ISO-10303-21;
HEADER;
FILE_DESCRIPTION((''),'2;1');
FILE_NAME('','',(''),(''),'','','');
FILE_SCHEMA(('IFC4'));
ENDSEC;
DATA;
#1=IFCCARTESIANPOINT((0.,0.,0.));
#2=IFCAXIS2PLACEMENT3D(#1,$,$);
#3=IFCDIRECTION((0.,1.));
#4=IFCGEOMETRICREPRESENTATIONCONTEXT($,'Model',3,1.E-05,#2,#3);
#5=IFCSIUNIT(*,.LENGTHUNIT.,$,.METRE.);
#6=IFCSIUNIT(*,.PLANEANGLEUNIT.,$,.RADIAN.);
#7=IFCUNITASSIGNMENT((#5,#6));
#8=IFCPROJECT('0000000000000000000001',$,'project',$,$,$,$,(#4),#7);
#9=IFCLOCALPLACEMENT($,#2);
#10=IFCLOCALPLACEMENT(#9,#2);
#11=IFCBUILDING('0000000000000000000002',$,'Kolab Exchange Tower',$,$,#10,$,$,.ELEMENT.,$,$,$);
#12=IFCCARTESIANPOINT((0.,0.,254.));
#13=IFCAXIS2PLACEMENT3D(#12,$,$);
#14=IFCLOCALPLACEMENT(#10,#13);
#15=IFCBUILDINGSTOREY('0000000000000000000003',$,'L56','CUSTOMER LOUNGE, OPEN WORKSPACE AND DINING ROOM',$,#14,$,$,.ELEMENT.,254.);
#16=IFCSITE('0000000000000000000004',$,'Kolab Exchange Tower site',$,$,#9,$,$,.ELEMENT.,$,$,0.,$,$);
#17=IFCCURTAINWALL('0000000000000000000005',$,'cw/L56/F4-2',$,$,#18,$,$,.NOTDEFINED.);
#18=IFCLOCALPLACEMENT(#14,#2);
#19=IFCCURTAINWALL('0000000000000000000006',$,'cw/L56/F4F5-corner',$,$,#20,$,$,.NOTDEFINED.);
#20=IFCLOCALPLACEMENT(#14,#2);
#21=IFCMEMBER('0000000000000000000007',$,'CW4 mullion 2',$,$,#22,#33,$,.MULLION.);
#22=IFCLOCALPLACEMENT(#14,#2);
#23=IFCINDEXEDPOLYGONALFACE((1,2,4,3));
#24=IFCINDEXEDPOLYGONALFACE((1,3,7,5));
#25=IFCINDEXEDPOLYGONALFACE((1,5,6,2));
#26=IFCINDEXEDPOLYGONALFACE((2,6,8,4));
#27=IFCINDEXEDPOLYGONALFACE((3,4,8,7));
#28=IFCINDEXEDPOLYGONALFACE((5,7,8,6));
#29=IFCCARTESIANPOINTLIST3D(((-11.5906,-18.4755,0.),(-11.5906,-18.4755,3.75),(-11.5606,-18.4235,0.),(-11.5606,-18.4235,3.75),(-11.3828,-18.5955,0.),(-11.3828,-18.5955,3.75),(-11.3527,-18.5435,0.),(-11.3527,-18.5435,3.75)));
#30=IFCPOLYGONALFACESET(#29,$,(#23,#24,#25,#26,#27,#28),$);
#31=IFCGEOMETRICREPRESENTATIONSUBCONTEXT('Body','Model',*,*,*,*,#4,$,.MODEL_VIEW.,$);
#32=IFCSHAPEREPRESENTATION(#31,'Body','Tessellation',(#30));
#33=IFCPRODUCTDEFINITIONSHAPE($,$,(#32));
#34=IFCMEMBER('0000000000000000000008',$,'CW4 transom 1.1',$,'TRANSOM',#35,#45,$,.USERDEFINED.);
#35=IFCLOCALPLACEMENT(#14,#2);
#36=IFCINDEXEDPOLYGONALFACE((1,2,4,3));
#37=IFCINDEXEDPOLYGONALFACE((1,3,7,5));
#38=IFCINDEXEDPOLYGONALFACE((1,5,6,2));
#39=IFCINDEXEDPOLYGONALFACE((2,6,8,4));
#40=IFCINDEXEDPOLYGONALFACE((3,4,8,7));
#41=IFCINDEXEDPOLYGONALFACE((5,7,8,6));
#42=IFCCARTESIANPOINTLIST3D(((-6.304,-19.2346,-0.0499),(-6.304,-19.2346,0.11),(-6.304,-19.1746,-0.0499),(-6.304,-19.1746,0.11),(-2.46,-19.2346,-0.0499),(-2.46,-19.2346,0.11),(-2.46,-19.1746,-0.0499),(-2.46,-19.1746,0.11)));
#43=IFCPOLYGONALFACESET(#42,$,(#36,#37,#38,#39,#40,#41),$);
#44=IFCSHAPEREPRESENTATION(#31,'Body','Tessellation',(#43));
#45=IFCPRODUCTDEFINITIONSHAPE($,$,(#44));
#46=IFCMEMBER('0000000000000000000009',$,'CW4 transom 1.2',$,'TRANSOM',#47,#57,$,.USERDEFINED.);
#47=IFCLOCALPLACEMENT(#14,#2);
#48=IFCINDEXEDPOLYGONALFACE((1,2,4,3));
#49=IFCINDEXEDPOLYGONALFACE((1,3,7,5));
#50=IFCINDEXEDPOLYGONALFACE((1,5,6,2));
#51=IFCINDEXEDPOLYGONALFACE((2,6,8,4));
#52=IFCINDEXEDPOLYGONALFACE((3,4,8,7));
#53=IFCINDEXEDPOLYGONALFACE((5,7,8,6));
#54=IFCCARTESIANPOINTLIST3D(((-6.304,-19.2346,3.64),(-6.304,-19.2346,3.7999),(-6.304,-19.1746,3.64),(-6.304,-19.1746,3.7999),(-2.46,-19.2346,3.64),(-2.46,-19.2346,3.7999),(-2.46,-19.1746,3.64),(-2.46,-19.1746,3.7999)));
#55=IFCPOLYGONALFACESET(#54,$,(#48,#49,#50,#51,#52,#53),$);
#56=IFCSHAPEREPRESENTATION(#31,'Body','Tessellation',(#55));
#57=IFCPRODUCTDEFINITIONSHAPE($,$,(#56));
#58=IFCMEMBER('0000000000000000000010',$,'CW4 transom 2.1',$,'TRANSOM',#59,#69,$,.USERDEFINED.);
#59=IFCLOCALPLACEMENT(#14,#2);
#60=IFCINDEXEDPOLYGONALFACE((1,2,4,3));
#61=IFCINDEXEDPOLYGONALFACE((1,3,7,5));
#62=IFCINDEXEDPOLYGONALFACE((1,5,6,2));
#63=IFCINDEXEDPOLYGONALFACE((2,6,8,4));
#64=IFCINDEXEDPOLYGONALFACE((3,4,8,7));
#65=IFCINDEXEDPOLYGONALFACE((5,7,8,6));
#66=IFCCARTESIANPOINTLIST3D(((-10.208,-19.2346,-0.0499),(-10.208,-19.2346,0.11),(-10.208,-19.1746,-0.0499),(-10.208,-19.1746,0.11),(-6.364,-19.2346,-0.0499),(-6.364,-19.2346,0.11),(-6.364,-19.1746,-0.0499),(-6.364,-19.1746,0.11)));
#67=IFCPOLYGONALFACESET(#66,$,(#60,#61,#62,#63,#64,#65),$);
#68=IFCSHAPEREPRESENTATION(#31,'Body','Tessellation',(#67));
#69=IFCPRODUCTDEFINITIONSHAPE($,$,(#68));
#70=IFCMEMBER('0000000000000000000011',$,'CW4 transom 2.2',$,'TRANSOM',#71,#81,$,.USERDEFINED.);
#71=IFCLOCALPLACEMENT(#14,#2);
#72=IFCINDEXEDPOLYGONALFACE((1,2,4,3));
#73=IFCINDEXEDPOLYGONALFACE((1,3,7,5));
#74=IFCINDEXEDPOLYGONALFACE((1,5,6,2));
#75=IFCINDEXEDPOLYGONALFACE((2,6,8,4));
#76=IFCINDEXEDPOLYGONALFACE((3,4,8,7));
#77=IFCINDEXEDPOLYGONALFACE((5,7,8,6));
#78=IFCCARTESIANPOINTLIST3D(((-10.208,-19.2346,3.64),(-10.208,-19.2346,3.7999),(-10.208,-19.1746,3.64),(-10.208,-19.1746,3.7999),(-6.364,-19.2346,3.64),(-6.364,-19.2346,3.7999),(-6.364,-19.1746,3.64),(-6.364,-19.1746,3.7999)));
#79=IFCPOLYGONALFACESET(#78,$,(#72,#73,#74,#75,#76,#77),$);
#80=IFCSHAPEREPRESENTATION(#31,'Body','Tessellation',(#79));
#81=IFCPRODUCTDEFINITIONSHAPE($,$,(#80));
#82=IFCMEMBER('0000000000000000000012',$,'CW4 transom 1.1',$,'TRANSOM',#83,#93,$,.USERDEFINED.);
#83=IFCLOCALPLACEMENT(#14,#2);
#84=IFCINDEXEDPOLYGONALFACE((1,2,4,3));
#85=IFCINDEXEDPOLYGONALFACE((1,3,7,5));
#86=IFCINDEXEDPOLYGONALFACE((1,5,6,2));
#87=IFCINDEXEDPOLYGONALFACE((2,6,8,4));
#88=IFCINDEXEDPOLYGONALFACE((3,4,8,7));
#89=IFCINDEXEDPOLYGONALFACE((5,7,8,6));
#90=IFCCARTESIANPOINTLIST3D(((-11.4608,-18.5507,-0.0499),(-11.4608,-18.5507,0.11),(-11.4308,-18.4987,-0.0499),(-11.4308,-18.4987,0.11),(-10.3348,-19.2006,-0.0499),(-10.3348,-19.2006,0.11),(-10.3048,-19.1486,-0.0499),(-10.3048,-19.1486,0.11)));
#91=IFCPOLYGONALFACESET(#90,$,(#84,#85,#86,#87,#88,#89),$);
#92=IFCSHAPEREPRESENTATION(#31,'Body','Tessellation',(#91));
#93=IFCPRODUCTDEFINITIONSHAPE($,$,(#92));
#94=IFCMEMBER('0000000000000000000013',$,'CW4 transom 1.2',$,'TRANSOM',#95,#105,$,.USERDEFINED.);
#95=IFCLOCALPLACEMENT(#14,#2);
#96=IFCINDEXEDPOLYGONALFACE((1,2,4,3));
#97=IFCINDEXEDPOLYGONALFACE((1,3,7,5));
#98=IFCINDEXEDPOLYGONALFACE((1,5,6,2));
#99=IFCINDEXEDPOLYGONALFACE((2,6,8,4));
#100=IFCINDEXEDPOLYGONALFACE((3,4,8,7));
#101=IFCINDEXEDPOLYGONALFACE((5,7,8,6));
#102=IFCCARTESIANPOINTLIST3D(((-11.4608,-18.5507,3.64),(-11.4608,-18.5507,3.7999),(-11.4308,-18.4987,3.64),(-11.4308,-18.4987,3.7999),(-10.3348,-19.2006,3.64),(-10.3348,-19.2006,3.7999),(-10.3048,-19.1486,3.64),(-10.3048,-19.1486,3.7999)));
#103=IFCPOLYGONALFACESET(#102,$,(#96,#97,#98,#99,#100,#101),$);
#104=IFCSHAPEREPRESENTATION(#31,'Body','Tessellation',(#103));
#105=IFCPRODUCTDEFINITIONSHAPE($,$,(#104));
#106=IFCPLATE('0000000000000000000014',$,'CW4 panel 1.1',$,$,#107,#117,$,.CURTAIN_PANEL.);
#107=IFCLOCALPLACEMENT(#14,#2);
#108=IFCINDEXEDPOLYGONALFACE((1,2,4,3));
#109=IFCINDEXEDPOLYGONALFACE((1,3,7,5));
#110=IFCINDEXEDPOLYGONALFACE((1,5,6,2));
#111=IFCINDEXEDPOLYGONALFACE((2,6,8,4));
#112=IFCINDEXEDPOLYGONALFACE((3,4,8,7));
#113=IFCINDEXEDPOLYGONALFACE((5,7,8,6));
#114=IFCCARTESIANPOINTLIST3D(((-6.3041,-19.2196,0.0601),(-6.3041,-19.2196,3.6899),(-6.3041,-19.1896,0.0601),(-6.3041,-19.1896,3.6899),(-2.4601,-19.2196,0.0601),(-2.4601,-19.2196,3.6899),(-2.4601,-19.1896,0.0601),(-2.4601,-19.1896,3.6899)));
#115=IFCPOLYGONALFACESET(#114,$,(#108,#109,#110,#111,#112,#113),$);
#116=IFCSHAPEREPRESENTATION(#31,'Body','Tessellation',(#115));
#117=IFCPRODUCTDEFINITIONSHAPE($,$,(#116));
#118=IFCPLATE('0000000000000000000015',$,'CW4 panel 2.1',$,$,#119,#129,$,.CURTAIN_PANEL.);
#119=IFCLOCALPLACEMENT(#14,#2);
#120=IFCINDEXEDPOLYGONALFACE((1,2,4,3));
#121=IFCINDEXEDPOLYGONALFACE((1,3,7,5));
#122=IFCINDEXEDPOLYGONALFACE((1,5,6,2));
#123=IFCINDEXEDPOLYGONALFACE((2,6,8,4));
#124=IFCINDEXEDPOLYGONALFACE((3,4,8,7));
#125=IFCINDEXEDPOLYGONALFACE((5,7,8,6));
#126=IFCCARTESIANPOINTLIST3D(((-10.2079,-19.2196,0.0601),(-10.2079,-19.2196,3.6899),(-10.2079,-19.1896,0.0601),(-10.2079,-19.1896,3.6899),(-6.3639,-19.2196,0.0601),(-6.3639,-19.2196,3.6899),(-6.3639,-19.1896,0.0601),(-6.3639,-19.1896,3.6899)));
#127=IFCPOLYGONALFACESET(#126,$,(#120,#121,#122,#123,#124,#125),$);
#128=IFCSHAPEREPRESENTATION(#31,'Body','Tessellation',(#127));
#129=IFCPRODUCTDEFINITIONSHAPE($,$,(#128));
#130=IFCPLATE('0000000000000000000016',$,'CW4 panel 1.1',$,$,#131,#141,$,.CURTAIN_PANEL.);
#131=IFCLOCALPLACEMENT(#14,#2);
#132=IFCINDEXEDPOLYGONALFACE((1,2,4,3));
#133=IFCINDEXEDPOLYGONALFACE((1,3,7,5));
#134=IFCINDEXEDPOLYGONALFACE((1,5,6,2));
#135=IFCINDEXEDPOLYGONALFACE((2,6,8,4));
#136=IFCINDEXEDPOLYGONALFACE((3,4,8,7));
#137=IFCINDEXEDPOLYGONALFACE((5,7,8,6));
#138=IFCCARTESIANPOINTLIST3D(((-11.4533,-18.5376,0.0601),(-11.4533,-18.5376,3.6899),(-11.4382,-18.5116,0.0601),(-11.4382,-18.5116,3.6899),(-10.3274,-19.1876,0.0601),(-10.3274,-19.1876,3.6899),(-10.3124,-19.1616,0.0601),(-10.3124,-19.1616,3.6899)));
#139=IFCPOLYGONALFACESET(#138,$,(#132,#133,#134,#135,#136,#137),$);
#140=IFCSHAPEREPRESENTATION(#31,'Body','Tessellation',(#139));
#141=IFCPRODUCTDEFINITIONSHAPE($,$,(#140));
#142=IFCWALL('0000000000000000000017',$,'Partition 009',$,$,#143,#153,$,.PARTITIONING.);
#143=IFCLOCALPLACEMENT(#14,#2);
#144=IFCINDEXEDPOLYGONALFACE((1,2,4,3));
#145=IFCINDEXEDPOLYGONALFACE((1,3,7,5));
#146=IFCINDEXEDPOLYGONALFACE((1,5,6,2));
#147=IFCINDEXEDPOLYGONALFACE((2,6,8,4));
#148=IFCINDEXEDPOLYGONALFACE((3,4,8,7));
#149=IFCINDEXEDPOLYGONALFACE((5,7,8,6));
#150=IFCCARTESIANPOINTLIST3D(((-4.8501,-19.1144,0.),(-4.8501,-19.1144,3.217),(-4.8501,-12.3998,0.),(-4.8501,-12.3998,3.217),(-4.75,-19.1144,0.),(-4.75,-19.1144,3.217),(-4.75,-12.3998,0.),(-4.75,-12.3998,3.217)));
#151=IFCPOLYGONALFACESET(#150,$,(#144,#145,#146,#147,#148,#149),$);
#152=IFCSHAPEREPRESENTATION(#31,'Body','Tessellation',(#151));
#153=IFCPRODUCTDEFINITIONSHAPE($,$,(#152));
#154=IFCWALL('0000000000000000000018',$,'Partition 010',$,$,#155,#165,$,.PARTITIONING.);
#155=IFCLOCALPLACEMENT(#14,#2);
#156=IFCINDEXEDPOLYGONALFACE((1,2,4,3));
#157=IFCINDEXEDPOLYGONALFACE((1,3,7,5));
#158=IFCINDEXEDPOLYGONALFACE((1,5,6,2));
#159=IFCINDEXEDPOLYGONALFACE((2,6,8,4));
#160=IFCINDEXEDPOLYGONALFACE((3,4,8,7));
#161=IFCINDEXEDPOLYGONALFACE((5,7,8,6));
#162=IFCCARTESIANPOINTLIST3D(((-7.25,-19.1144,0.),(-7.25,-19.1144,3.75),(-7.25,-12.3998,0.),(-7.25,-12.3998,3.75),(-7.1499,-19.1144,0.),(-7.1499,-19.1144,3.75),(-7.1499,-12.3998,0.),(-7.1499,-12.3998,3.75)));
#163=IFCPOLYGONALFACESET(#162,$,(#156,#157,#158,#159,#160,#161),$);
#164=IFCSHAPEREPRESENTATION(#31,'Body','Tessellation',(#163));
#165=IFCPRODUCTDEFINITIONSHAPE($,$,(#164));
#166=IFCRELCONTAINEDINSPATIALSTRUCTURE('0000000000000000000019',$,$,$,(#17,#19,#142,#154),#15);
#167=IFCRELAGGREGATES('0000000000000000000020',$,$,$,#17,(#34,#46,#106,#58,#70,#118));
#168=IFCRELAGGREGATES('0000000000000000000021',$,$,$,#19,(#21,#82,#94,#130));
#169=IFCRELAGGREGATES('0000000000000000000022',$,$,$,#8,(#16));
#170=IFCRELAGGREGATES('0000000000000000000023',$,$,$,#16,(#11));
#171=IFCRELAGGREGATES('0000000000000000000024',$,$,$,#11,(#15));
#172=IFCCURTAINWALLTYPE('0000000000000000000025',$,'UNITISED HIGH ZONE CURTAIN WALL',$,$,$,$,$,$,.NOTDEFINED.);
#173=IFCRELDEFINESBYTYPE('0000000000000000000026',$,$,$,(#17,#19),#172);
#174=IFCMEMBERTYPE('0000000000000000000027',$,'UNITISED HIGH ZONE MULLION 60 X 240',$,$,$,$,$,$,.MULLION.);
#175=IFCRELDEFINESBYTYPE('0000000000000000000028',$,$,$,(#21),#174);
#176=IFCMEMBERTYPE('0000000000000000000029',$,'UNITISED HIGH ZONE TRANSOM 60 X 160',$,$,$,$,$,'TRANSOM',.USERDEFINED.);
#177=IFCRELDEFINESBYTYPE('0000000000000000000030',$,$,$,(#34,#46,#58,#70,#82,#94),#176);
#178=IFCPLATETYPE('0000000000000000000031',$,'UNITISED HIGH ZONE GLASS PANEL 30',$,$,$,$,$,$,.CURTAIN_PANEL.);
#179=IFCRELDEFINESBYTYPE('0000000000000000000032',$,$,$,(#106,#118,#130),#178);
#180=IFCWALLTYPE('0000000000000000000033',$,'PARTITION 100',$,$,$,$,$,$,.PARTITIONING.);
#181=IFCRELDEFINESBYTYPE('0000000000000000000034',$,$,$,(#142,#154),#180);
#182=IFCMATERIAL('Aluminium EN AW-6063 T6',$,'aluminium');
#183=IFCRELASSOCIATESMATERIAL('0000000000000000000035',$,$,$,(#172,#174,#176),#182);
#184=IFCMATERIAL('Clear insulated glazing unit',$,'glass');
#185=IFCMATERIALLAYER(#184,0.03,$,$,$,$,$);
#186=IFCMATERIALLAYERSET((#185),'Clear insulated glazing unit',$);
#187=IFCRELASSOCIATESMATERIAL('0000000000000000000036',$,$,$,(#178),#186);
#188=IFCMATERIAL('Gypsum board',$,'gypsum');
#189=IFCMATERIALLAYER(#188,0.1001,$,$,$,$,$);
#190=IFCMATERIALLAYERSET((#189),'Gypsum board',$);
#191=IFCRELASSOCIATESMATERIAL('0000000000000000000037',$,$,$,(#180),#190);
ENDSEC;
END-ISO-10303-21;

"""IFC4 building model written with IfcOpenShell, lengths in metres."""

from ifc_helpers import new_model, si_unit, direction, frame, frame_2d, origin, origin_2d, place, context, subcontext, project, spatial, rectangle, extrude, material, layer, layer_set, material_profile, profile_set, type_object, element, aggregate, save


model = new_model("IFC4")

# Units and contexts
model_context = context("Model", 3, precision=1e-05, world=origin(), true_north=direction((0.0, 1.0)))
body_context = subcontext(model_context, "Body", "Model", "MODEL_VIEW")
ifc_project = project(units=[si_unit("LENGTHUNIT", "METRE"), si_unit("PLANEANGLEUNIT", "RADIAN")], contexts=[model_context])

# Site, building, storey
site_placement = place(None, origin())
site = spatial("IfcSite", under=ifc_project, at=site_placement, Name="Kolab Exchange Tower site", CompositionType="ELEMENT", RefElevation=0.0)
building_placement = place(site_placement, origin())
building = spatial("IfcBuilding", under=site, at=building_placement, Name="Kolab Exchange Tower", CompositionType="ELEMENT")
storey_placement = place(building_placement, frame((0.0, 0.0, 254.0)))
storey = spatial("IfcBuildingStorey", under=building, at=storey_placement, Name="L56", Description="CUSTOMER LOUNGE, OPEN WORKSPACE AND DINING ROOM", CompositionType="ELEMENT", Elevation=254.0)

# Curtain wall
ifc_material_1 = material(Name="Aluminium EN AW-6063 T6", Category="aluminium")
curtain_wall_type = type_object("IfcCurtainWallType", Name="UNITISED HIGH ZONE CURTAIN WALL", PredefinedType="NOTDEFINED", material=ifc_material_1)
curtain_wall_1_placement = place(storey_placement, origin())
curtain_wall_1 = element("IfcCurtainWall", 1, at=curtain_wall_1_placement, inside=storey, type_object=curtain_wall_type, Name="cw/L56/F4-2", PredefinedType="NOTDEFINED")
ifc_material_profile_1 = material_profile(ifc_material_1, rectangle(XDim=0.0601, YDim=0.24, at=origin_2d()), Name="RECT 60X240")
ifc_profile_set_1 = profile_set([ifc_material_profile_1], Name="Aluminium EN AW-6063 T6")
member_type_1 = type_object("IfcMemberType", Name="UNITISED HIGH ZONE MULLION 60 X 240", PredefinedType="MULLION", material=ifc_profile_set_1)

# Curtain wall, member
curtain_wall_2_placement = place(storey_placement, origin())
curtain_wall_2 = element("IfcCurtainWall", 2, at=curtain_wall_2_placement, inside=storey, type_object=curtain_wall_type, Name="cw/L56/F4F5-corner", PredefinedType="NOTDEFINED")
member_1_placement = place(storey_placement, frame((-11.4717, -18.5095, 0.0), z_axis=(0.0, 0.0, 1.0), x_axis=(-0.5, -0.866025, 0.0)))
member_1 = element("IfcMember", 3, at=member_1_placement, type_object=member_type_1, Name="CW4 mullion 2", PredefinedType="MULLION", context=body_context, shape_type="SweptSolid", body=[
    extrude(rectangle(XDim=0.0601, YDim=0.24, at=origin_2d()), origin(), (0.0, 0.0, 1.0), 3.75),
])

# Members
ifc_material_profile_2 = material_profile(ifc_material_1, rectangle(XDim=0.0601, YDim=0.1599, at=origin_2d()), Name="RECT 60X160")
ifc_profile_set_2 = profile_set([ifc_material_profile_2], Name="Aluminium EN AW-6063 T6")
member_type_2 = type_object("IfcMemberType", Name="UNITISED HIGH ZONE TRANSOM 60 X 160", ElementType="TRANSOM", PredefinedType="USERDEFINED", material=ifc_profile_set_2)
member_2_placement = place(storey_placement, frame((-2.46, -19.2046, 0.03), z_axis=(-1.0, 0.0, 0.0), x_axis=(0.0, -1.0, 0.0)))
member_2 = element("IfcMember", 4, at=member_2_placement, type_object=member_type_2, Name="CW4 transom 1.1", ObjectType="TRANSOM", PredefinedType="USERDEFINED", context=body_context, shape_type="SweptSolid", body=[
    extrude(rectangle(XDim=0.0601, YDim=0.1599, at=origin_2d()), origin(), (0.0, 0.0, 1.0), 3.844),
])
member_3_placement = place(storey_placement, frame((-2.46, -19.2046, 3.72), z_axis=(-1.0, 0.0, 0.0), x_axis=(0.0, -1.0, 0.0)))
member_3 = element("IfcMember", 5, at=member_3_placement, type_object=member_type_2, Name="CW4 transom 1.2", ObjectType="TRANSOM", PredefinedType="USERDEFINED", context=body_context, shape_type="SweptSolid", body=[
    extrude(rectangle(XDim=0.0601, YDim=0.1599, at=origin_2d()), origin(), (0.0, 0.0, 1.0), 3.844),
])
member_4_placement = place(storey_placement, frame((-6.364, -19.2046, 0.03), z_axis=(-1.0, 0.0, 0.0), x_axis=(0.0, -1.0, 0.0)))
member_4 = element("IfcMember", 6, at=member_4_placement, type_object=member_type_2, Name="CW4 transom 2.1", ObjectType="TRANSOM", PredefinedType="USERDEFINED", context=body_context, shape_type="SweptSolid", body=[
    extrude(rectangle(XDim=0.0601, YDim=0.1599, at=origin_2d()), origin(), (0.0, 0.0, 1.0), 3.844),
])
member_5_placement = place(storey_placement, frame((-6.364, -19.2046, 3.72), z_axis=(-1.0, 0.0, 0.0), x_axis=(0.0, -1.0, 0.0)))
member_5 = element("IfcMember", 7, at=member_5_placement, type_object=member_type_2, Name="CW4 transom 2.2", ObjectType="TRANSOM", PredefinedType="USERDEFINED", context=body_context, shape_type="SweptSolid", body=[
    extrude(rectangle(XDim=0.0601, YDim=0.1599, at=origin_2d()), origin(), (0.0, 0.0, 1.0), 3.844),
])
member_6_placement = place(storey_placement, frame((-10.3198, -19.1746, 0.03), z_axis=(-0.866086, 0.499896, 0.0), x_axis=(-0.499896, -0.866086, 0.0)))
member_6 = element("IfcMember", 8, at=member_6_placement, type_object=member_type_2, Name="CW4 transom 1.1", ObjectType="TRANSOM", PredefinedType="USERDEFINED", context=body_context, shape_type="SweptSolid", body=[
    extrude(rectangle(XDim=0.0601, YDim=0.1599, at=origin_2d()), origin(), (0.0, 0.0, 1.0), 1.3),
])
member_7_placement = place(storey_placement, frame((-10.3198, -19.1746, 3.72), z_axis=(-0.866086, 0.499896, 0.0), x_axis=(-0.499896, -0.866086, 0.0)))
member_7 = element("IfcMember", 9, at=member_7_placement, type_object=member_type_2, Name="CW4 transom 1.2", ObjectType="TRANSOM", PredefinedType="USERDEFINED", context=body_context, shape_type="SweptSolid", body=[
    extrude(rectangle(XDim=0.0601, YDim=0.1599, at=origin_2d()), origin(), (0.0, 0.0, 1.0), 1.3),
])

# Plates
ifc_material_2 = material(Name="Clear insulated glazing unit", Category="glass")
ifc_layer_1 = layer(ifc_material_2, 0.03)
ifc_layer_set_1 = layer_set([ifc_layer_1], Name="Clear insulated glazing unit")
plate_type = type_object("IfcPlateType", Name="UNITISED HIGH ZONE GLASS PANEL 30", PredefinedType="CURTAIN_PANEL", material=ifc_layer_set_1)
plate_1_placement = place(storey_placement, frame((-4.3821, -19.2046, 0.0601), z_axis=(0.0, 0.0, 1.0), x_axis=(-1.0, 0.0, 0.0)))
plate_1 = element("IfcPlate", 10, at=plate_1_placement, type_object=plate_type, Name="CW4 panel 1.1", PredefinedType="CURTAIN_PANEL", context=body_context, shape_type="SweptSolid", body=[
    extrude(rectangle(XDim=3.844, YDim=0.03, at=origin_2d()), origin(), (0.0, 0.0, 1.0), 3.6299),
])
plate_2_placement = place(storey_placement, frame((-8.2859, -19.2046, 0.0601), z_axis=(0.0, 0.0, 1.0), x_axis=(-1.0, 0.0, 0.0)))
plate_2 = element("IfcPlate", 11, at=plate_2_placement, type_object=plate_type, Name="CW4 panel 2.1", PredefinedType="CURTAIN_PANEL", context=body_context, shape_type="SweptSolid", body=[
    extrude(rectangle(XDim=3.844, YDim=0.03, at=origin_2d()), origin(), (0.0, 0.0, 1.0), 3.6299),
])
aggregate(curtain_wall_1, [member_2, member_3, plate_1, member_4, member_5, plate_2])
plate_3_placement = place(storey_placement, frame((-10.8828, -18.8496, 0.0601), z_axis=(0.0, 0.0, 1.0), x_axis=(-0.866025, 0.5, 0.0)))
plate_3 = element("IfcPlate", 12, at=plate_3_placement, type_object=plate_type, Name="CW4 panel 1.1", PredefinedType="CURTAIN_PANEL", context=body_context, shape_type="SweptSolid", body=[
    extrude(rectangle(XDim=1.3, YDim=0.03, at=origin_2d()), origin(), (0.0, 0.0, 1.0), 3.6299),
])
aggregate(curtain_wall_2, [member_1, member_6, member_7, plate_3])

# Walls
ifc_material_3 = material(Name="Gypsum board", Category="gypsum")
ifc_layer_2 = layer(ifc_material_3, 0.1001)
ifc_layer_set_2 = layer_set([ifc_layer_2], Name="Gypsum board")
wall_type = type_object("IfcWallType", Name="PARTITION 100", PredefinedType="PARTITIONING", material=ifc_layer_set_2)
wall_1_placement = place(storey_placement, frame((-4.8, -19.1145, 0.0), z_axis=(0.0, 0.0, 1.0), x_axis=(0.0, 1.0, 0.0)))
element("IfcWall", 13, at=wall_1_placement, inside=storey, type_object=wall_type, Name="Partition 009", PredefinedType="PARTITIONING", context=body_context, shape_type="SweptSolid", body=[
    extrude(rectangle(XDim=6.7146, YDim=0.1001, at=frame_2d((3.3574, 0.0))), origin(), (0.0, 0.0, 1.0), 3.217),
])
wall_2_placement = place(storey_placement, frame((-7.2, -19.1145, 0.0), z_axis=(0.0, 0.0, 1.0), x_axis=(0.0, 1.0, 0.0)))
element("IfcWall", 14, at=wall_2_placement, inside=storey, type_object=wall_type, Name="Partition 010", PredefinedType="PARTITIONING", context=body_context, shape_type="SweptSolid", body=[
    extrude(rectangle(XDim=6.7146, YDim=0.1001, at=frame_2d((3.3574, 0.0))), origin(), (0.0, 0.0, 1.0), 3.75),
])

save(model, "model.ifc")
